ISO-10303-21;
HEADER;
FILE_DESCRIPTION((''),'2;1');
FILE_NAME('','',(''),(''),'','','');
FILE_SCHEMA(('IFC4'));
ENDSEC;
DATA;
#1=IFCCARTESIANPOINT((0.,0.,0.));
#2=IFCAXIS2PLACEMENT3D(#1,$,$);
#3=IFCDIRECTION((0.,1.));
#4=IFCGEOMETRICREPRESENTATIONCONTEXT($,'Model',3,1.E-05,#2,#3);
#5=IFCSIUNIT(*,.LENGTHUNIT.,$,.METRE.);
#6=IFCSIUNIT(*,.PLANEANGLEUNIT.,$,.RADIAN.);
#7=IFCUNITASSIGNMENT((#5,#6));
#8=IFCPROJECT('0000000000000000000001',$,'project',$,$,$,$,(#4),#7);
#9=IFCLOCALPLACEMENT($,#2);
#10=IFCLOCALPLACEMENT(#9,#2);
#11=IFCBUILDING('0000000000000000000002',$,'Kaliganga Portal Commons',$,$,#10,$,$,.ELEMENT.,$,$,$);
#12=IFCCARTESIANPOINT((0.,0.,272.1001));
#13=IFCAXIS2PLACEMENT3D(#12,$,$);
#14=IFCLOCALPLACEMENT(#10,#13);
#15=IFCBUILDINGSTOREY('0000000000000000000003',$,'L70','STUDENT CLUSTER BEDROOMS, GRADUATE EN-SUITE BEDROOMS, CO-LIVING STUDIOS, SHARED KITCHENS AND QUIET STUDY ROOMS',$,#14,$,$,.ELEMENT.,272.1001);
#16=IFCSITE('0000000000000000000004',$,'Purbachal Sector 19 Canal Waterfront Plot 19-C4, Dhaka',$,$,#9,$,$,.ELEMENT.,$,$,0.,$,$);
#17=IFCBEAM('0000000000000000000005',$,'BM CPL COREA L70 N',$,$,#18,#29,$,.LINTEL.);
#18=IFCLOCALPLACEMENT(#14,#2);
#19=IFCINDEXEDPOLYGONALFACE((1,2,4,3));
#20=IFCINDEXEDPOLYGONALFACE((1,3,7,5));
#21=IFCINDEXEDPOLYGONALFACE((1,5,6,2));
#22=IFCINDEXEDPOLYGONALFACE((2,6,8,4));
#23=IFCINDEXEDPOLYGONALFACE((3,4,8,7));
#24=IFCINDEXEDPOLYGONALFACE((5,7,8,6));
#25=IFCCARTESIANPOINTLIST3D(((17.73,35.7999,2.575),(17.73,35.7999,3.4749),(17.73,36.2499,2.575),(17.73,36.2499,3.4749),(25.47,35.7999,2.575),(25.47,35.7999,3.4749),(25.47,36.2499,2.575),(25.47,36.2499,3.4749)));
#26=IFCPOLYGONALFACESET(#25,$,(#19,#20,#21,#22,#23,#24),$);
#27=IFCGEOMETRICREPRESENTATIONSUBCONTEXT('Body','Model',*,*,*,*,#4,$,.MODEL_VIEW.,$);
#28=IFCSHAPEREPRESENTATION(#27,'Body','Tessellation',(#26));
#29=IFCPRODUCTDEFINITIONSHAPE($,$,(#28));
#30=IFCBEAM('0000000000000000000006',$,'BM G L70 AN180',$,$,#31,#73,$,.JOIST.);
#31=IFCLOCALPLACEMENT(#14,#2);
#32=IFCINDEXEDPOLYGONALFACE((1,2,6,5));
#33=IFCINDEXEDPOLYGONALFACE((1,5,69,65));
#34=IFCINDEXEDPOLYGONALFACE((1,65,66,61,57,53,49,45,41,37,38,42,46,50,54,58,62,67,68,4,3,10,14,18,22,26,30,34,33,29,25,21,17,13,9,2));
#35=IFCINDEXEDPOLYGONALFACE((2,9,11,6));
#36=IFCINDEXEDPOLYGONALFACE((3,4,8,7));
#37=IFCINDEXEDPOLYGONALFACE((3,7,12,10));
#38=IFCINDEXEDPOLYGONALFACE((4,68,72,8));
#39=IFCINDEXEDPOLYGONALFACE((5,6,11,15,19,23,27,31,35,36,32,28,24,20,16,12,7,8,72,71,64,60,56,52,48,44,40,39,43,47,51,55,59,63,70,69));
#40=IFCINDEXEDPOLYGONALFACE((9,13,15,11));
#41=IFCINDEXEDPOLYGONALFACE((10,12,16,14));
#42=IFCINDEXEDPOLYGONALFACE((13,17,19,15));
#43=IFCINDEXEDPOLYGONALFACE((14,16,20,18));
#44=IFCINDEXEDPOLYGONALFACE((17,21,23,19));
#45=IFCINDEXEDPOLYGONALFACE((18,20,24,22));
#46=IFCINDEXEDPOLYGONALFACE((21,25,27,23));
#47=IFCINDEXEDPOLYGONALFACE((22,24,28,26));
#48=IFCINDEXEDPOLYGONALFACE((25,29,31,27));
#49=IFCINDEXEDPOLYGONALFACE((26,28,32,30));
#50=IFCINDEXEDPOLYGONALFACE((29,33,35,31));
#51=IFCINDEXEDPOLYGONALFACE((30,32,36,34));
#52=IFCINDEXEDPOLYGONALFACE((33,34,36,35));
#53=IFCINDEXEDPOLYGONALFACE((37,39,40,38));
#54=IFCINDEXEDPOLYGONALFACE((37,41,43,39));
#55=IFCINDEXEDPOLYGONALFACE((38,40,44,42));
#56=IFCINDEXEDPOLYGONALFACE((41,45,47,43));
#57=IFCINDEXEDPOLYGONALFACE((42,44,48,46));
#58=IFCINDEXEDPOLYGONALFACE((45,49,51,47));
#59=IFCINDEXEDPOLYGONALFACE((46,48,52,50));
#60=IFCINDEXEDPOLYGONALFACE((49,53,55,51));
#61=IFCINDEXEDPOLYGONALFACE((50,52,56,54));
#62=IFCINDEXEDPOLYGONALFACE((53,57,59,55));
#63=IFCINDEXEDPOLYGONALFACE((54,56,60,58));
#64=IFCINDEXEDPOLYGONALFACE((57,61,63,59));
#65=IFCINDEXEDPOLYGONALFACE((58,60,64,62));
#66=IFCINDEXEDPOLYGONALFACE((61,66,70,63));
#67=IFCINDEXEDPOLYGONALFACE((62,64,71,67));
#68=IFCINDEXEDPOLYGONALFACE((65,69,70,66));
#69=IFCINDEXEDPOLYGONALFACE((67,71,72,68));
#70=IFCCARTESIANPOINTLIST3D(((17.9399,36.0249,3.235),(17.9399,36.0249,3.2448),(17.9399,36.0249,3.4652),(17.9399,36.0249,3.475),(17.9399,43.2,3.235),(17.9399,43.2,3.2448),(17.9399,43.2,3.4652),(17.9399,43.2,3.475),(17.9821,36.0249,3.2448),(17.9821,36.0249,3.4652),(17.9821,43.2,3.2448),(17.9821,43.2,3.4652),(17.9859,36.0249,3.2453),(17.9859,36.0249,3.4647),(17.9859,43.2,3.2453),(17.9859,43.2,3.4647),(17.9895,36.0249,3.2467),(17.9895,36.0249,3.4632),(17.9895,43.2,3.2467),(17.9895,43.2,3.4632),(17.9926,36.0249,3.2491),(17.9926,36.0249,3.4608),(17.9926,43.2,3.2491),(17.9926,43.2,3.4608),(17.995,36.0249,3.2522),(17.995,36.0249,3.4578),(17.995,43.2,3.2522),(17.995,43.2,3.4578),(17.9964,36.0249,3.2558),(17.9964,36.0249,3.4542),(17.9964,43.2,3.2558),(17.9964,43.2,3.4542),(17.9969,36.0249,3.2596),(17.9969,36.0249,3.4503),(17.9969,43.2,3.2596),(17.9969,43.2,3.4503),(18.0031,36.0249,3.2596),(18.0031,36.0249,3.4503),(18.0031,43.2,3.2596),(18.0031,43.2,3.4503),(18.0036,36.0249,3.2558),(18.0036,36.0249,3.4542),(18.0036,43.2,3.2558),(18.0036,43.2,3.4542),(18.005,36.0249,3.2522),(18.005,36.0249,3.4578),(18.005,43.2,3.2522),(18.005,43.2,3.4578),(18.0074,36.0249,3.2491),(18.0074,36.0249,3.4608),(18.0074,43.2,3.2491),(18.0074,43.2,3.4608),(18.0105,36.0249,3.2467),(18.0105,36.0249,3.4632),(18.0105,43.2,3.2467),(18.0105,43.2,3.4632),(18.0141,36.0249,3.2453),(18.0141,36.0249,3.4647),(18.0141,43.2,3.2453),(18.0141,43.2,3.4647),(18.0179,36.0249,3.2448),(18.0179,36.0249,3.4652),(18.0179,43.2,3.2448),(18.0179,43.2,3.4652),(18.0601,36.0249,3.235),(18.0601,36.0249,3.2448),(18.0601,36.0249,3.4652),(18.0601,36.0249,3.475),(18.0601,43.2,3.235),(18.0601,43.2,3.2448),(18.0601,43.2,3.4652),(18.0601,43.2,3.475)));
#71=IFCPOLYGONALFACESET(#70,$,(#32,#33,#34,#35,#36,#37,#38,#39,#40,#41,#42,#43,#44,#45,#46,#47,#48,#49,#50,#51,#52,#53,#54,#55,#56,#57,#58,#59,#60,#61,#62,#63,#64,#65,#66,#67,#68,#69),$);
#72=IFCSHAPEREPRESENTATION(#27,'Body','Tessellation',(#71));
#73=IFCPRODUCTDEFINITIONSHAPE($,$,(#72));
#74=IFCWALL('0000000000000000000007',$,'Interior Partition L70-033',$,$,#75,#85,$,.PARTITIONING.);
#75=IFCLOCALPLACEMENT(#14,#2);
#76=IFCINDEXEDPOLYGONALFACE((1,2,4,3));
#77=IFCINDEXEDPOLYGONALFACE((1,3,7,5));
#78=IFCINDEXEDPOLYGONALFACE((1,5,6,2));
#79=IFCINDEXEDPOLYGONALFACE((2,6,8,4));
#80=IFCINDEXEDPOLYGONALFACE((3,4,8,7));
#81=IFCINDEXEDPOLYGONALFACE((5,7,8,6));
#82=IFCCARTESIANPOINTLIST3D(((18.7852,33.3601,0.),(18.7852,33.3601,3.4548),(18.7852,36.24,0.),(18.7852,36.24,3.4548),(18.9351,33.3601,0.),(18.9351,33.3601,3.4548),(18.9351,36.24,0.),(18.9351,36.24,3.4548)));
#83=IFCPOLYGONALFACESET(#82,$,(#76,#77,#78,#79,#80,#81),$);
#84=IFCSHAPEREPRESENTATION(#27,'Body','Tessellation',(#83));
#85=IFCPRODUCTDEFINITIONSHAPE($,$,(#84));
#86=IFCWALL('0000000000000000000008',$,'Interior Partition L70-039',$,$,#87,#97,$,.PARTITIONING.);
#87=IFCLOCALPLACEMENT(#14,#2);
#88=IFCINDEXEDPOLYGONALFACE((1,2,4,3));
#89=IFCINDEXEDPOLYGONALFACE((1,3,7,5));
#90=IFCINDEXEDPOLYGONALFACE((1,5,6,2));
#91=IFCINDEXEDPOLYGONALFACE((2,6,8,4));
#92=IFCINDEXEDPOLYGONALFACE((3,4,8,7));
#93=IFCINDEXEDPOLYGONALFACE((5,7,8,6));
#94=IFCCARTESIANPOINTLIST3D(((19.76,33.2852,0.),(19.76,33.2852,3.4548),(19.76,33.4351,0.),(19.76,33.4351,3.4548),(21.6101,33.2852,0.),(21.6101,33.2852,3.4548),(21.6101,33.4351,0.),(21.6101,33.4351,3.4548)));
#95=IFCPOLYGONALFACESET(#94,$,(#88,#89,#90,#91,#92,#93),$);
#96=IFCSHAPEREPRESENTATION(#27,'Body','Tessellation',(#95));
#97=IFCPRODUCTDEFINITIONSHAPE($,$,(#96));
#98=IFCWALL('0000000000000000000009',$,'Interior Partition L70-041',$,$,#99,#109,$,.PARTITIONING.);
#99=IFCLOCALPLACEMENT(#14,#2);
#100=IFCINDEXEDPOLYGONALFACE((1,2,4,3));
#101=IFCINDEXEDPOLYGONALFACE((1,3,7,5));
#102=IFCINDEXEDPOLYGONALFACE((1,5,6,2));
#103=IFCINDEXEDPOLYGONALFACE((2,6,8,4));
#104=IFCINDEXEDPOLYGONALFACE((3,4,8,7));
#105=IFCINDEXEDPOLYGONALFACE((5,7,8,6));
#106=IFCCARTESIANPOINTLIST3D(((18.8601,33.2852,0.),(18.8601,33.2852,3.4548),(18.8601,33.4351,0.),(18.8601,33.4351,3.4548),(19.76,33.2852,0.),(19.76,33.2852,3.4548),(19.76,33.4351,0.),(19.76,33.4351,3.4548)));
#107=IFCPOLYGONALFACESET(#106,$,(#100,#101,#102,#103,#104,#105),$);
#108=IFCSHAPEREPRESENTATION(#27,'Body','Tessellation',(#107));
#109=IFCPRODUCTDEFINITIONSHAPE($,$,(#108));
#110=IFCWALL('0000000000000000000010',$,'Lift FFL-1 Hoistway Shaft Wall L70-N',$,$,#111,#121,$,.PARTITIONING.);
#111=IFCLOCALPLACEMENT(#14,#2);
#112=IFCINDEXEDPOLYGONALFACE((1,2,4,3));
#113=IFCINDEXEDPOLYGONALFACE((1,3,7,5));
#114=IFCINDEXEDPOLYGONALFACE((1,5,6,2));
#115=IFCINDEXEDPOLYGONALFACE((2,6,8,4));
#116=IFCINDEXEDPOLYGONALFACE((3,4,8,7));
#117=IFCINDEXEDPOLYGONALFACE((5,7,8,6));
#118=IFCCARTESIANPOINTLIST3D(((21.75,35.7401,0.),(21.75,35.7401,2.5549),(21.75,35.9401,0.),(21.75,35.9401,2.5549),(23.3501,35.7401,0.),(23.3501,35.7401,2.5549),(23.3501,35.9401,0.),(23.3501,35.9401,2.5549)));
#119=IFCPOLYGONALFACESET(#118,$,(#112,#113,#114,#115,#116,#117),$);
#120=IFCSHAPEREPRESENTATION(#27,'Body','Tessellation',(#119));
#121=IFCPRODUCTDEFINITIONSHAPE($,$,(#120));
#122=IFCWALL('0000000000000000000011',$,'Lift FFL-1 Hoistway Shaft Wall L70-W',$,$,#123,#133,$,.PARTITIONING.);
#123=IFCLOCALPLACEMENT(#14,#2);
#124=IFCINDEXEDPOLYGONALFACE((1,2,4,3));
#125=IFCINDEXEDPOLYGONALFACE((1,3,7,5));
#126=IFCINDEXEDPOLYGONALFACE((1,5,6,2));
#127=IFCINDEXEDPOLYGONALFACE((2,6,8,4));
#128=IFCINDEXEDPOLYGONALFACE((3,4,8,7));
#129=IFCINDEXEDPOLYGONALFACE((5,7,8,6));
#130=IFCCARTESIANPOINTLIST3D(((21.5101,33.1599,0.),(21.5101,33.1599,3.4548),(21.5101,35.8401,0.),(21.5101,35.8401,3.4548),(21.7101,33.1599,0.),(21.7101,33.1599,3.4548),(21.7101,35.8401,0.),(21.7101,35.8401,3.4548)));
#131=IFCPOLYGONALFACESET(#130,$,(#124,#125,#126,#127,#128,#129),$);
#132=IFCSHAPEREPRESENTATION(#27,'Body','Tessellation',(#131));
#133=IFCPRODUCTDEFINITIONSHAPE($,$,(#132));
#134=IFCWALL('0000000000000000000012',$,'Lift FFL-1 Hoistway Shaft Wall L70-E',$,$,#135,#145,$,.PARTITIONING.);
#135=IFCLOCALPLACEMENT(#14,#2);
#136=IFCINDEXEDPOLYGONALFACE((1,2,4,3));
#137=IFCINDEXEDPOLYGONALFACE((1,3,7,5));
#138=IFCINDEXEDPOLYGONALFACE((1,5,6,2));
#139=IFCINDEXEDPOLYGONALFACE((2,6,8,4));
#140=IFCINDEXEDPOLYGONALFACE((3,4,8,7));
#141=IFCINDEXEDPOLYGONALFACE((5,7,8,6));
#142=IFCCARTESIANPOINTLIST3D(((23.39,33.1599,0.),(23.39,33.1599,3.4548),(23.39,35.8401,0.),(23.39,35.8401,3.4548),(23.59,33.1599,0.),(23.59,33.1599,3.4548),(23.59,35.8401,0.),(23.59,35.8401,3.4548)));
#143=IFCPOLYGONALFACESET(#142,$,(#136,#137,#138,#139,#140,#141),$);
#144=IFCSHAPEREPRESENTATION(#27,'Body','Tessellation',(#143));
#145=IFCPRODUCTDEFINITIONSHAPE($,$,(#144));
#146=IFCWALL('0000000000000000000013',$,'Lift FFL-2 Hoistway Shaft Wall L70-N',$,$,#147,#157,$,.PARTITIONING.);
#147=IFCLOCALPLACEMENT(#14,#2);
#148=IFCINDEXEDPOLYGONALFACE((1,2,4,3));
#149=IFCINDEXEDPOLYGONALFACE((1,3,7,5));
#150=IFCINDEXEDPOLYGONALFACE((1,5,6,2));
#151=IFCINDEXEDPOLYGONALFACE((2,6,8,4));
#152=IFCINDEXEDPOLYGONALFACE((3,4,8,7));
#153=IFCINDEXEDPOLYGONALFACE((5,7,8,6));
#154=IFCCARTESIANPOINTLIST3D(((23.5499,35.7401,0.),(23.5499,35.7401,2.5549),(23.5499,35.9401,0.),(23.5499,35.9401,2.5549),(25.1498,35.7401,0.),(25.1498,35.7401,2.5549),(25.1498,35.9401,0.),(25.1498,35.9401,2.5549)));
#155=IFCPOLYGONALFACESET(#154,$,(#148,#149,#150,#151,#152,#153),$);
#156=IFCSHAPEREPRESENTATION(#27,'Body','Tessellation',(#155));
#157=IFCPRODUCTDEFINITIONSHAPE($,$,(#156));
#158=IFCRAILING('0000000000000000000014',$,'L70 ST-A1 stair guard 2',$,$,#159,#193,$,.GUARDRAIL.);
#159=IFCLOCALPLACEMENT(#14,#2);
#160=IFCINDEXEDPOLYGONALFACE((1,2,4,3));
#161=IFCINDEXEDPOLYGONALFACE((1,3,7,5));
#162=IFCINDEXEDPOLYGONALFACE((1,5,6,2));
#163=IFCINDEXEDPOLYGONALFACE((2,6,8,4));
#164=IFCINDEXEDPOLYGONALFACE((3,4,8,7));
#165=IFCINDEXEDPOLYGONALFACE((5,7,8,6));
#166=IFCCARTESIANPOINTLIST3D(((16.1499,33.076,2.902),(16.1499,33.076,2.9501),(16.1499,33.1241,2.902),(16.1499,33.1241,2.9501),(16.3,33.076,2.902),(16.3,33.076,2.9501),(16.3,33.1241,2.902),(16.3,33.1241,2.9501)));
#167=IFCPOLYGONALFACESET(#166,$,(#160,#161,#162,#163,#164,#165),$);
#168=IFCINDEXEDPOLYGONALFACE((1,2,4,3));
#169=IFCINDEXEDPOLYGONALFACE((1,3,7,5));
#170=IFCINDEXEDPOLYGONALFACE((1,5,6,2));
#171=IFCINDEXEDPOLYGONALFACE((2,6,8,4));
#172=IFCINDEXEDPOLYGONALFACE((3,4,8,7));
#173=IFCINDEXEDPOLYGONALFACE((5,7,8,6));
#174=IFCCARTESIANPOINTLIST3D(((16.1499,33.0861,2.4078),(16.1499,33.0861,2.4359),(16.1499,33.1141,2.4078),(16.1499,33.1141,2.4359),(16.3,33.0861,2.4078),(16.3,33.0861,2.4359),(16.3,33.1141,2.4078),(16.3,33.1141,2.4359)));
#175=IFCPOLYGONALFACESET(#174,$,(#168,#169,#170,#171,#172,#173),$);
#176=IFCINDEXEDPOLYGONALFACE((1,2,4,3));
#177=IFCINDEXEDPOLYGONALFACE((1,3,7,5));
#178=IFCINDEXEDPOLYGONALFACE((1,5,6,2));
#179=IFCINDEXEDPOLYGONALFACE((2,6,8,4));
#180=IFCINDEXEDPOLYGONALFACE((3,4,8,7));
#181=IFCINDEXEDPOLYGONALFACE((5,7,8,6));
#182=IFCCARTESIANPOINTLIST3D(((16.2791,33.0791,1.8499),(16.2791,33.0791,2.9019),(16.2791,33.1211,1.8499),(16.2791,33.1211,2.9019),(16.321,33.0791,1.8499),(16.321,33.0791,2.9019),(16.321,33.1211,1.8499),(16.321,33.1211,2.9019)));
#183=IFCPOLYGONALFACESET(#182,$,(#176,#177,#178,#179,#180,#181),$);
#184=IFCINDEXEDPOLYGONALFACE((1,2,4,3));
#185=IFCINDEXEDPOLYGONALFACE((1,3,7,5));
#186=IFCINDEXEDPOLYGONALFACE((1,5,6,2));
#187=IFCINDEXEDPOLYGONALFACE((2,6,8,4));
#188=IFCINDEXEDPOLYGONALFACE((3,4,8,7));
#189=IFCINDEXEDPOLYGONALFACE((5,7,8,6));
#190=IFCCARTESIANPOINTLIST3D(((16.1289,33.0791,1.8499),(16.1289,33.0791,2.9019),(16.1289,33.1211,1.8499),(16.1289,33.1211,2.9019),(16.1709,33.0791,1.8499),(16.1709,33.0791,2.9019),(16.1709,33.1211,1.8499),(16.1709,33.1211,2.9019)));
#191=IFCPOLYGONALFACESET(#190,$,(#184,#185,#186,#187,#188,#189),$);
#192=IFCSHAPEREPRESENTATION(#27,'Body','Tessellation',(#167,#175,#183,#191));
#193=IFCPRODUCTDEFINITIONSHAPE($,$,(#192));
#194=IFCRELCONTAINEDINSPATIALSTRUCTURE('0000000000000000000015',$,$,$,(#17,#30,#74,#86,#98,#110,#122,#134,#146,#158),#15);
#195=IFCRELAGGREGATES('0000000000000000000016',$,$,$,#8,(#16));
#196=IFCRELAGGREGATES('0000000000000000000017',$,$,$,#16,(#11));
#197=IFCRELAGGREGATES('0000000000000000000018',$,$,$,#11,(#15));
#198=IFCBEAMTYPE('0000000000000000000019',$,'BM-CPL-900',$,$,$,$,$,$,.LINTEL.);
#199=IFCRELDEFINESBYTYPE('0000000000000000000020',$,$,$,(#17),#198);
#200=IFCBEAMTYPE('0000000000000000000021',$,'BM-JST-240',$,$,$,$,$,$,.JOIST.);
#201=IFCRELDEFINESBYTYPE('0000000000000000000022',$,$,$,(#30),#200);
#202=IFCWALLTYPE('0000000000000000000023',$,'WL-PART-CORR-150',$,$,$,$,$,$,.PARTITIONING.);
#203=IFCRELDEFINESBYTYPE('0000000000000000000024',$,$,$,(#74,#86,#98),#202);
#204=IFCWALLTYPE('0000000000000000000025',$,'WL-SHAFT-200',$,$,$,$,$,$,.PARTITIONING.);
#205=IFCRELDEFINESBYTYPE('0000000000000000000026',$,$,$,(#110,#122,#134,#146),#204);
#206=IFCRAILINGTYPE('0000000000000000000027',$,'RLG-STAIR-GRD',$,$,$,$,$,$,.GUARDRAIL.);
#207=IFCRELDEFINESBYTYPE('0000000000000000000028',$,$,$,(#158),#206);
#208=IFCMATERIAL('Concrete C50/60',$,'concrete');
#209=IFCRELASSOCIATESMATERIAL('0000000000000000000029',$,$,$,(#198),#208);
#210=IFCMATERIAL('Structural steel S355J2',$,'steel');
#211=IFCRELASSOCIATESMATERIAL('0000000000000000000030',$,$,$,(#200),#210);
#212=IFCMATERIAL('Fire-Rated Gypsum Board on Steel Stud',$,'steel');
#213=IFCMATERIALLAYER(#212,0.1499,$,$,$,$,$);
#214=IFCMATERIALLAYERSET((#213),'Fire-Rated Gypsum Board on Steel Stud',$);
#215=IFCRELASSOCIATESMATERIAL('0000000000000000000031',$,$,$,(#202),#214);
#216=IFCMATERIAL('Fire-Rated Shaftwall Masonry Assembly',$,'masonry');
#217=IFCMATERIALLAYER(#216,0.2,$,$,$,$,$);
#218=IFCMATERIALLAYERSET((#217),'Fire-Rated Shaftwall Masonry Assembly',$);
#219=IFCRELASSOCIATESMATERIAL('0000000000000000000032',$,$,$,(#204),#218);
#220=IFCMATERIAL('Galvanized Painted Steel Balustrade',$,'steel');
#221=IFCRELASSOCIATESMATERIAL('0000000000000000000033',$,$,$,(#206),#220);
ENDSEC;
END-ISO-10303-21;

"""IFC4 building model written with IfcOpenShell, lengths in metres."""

from ifc_helpers import new_model, si_unit, direction, frame, frame_2d, origin, origin_2d, place, context, subcontext, project, spatial, rectangle, i_section, extrude, source, transform, mapped, material, layer, layer_set, material_profile, profile_set, type_object, element, save


model = new_model("IFC4")

# Units and contexts
model_context = context("Model", 3, precision=1e-05, world=origin(), true_north=direction((0.0, 1.0)))
body_context = subcontext(model_context, "Body", "Model", "MODEL_VIEW")
ifc_project = project(units=[si_unit("LENGTHUNIT", "METRE"), si_unit("PLANEANGLEUNIT", "RADIAN")], contexts=[model_context])

# Site, building, storey
site_placement = place(None, origin())
site = spatial("IfcSite", under=ifc_project, at=site_placement, Name="Purbachal Sector 19 Canal Waterfront Plot 19-C4, Dhaka", CompositionType="ELEMENT", RefElevation=0.0)
building_placement = place(site_placement, origin())
building = spatial("IfcBuilding", under=site, at=building_placement, Name="Kaliganga Portal Commons", CompositionType="ELEMENT")
storey_placement = place(building_placement, frame((0.0, 0.0, 272.1001)))
storey = spatial("IfcBuildingStorey", under=building, at=storey_placement, Name="L70", Description="STUDENT CLUSTER BEDROOMS, GRADUATE EN-SUITE BEDROOMS, CO-LIVING STUDIOS, SHARED KITCHENS AND QUIET STUDY ROOMS", CompositionType="ELEMENT", Elevation=272.1001)

# Beams
ifc_material_1 = material(Name="Concrete C50/60", Category="concrete")
ifc_material_profile_1 = material_profile(ifc_material_1, rectangle(XDim=0.45, YDim=0.8999, at=origin_2d()), Name="RC 450x900")
ifc_profile_set_1 = profile_set([ifc_material_profile_1], Name="Concrete C50/60")
beam_type_1 = type_object("IfcBeamType", Name="BM-CPL-900", PredefinedType="LINTEL", material=ifc_profile_set_1)
shared_shape_1 = source(origin(), body_context, "Body", "SweptSolid", [
    extrude(rectangle(XDim=0.45, YDim=0.8999, at=origin_2d()), origin(), (0.0, 0.0, 1.0), 7.74),
])
beam_1_placement = place(storey_placement, frame((17.73, 36.0249, 3.0249), z_axis=(1.0, 0.0, 0.0), x_axis=(0.0, 1.0, 0.0)))
element("IfcBeam", 1, at=beam_1_placement, inside=storey, type_object=beam_type_1, Name="BM CPL COREA L70 N", PredefinedType="LINTEL", context=body_context, shape_type="MappedRepresentation", body=[
    mapped(shared_shape_1, transform((0.0, 0.0, 0.0), x_axis=(1.0, 0.0, 0.0), y_axis=(0.0, 1.0, 0.0), z_axis=(0.0, 0.0, 1.0), scale=1.0)),
])
ifc_material_2 = material(Name="Structural steel S355J2", Category="steel")
ifc_material_profile_2 = material_profile(ifc_material_2, i_section(OverallWidth=0.1201, OverallDepth=0.24, WebThickness=0.0061, FlangeThickness=0.0098, FilletRadius=0.0149, at=origin_2d()), Name="IPE 240")
ifc_profile_set_2 = profile_set([ifc_material_profile_2], Name="Structural steel S355J2 wide-flange")
beam_type_2 = type_object("IfcBeamType", Name="BM-JST-240", PredefinedType="JOIST", material=ifc_profile_set_2)
shared_shape_2 = source(origin(), body_context, "Body", "SweptSolid", [
    extrude(i_section(OverallWidth=0.1201, OverallDepth=0.24, WebThickness=0.0061, FlangeThickness=0.0098, FilletRadius=0.0149, at=origin_2d()), origin(), (0.0, 0.0, 1.0), 7.175),
])
beam_2_placement = place(storey_placement, frame((18.0, 36.0249, 3.355), z_axis=(0.0, 1.0, 0.0), x_axis=(-1.0, 0.0, 0.0)))
element("IfcBeam", 2, at=beam_2_placement, inside=storey, type_object=beam_type_2, Name="BM G L70 AN180", PredefinedType="JOIST", context=body_context, shape_type="MappedRepresentation", body=[
    mapped(shared_shape_2, transform((0.0, 0.0, 0.0), x_axis=(1.0, 0.0, 0.0), y_axis=(0.0, 1.0, 0.0), z_axis=(0.0, 0.0, 1.0), scale=1.0)),
])

# Walls
ifc_material_3 = material(Name="Fire-Rated Gypsum Board on Steel Stud", Category="steel")
ifc_layer_1 = layer(ifc_material_3, 0.1499)
ifc_layer_set_1 = layer_set([ifc_layer_1], Name="Fire-Rated Gypsum Board on Steel Stud")
wall_type_1 = type_object("IfcWallType", Name="WL-PART-CORR-150", PredefinedType="PARTITIONING", material=ifc_layer_set_1)
wall_1_placement = place(storey_placement, frame((18.8601, 33.3601, 0.0), z_axis=(0.0, 0.0, 1.0), x_axis=(0.0, 1.0, 0.0)))
element("IfcWall", 3, at=wall_1_placement, inside=storey, type_object=wall_type_1, Name="Interior Partition L70-033", PredefinedType="PARTITIONING", context=body_context, shape_type="SweptSolid", body=[
    extrude(rectangle(XDim=2.8799, YDim=0.1499, at=frame_2d((1.4399, 0.0))), origin(), (0.0, 0.0, 1.0), 3.4548),
])
wall_2_placement = place(storey_placement, frame((19.76, 33.3601, 0.0), z_axis=(0.0, 0.0, 1.0), x_axis=(1.0, 0.0, 0.0)))
element("IfcWall", 4, at=wall_2_placement, inside=storey, type_object=wall_type_1, Name="Interior Partition L70-039", PredefinedType="PARTITIONING", context=body_context, shape_type="SweptSolid", body=[
    extrude(rectangle(XDim=1.8501, YDim=0.1499, at=frame_2d((0.925, 0.0))), origin(), (0.0, 0.0, 1.0), 3.4548),
])
wall_3_placement = place(storey_placement, frame((18.8601, 33.3601, 0.0), z_axis=(0.0, 0.0, 1.0), x_axis=(1.0, 0.0, 0.0)))
element("IfcWall", 5, at=wall_3_placement, inside=storey, type_object=wall_type_1, Name="Interior Partition L70-041", PredefinedType="PARTITIONING", context=body_context, shape_type="SweptSolid", body=[
    extrude(rectangle(XDim=0.8999, YDim=0.1499, at=frame_2d((0.45, 0.0))), origin(), (0.0, 0.0, 1.0), 3.4548),
])

# Shared definitions
ifc_material_4 = material(Name="Fire-Rated Shaftwall Masonry Assembly", Category="masonry")
ifc_layer_2 = layer(ifc_material_4, 0.2)
ifc_layer_set_2 = layer_set([ifc_layer_2], Name="Fire-Rated Shaftwall Masonry Assembly")
wall_type_2 = type_object("IfcWallType", Name="WL-SHAFT-200", PredefinedType="PARTITIONING", material=ifc_layer_set_2)

# Walls
wall_4_placement = place(storey_placement, frame((21.75, 35.8401, 0.0), z_axis=(0.0, 0.0, 1.0), x_axis=(1.0, 0.0, 0.0)))
element("IfcWall", 6, at=wall_4_placement, inside=storey, type_object=wall_type_2, Name="Lift FFL-1 Hoistway Shaft Wall L70-N", PredefinedType="PARTITIONING", context=body_context, shape_type="SweptSolid", body=[
    extrude(rectangle(XDim=1.6001, YDim=0.2, at=frame_2d((0.8, 0.0))), origin(), (0.0, 0.0, 1.0), 2.5549),
])
for number, where, z_axis, x_axis, name in (
    (7, (21.6101, 33.1599, 0.0), (0.0, 0.0, 1.0), (0.0, 1.0, 0.0), "Lift FFL-1 Hoistway Shaft Wall L70-W"),
    (8, (23.49, 33.1599, 0.0), (0.0, 0.0, 1.0), (0.0, 1.0, 0.0), "Lift FFL-1 Hoistway Shaft Wall L70-E"),
):
    element("IfcWall", number, at=place(storey_placement, frame(where, z_axis=z_axis, x_axis=x_axis)), inside=storey, type_object=wall_type_2, Name=name, PredefinedType="PARTITIONING", context=body_context, shape_type="SweptSolid", body=[
        extrude(rectangle(XDim=2.6802, YDim=0.2, at=frame_2d((1.3401, 0.0))), origin(), (0.0, 0.0, 1.0), 3.4548),
    ])

# Wall
wall_5_placement = place(storey_placement, frame((23.55, 35.8401, 0.0), z_axis=(0.0, 0.0, 1.0), x_axis=(1.0, 0.0, 0.0)))
element("IfcWall", 9, at=wall_5_placement, inside=storey, type_object=wall_type_2, Name="Lift FFL-2 Hoistway Shaft Wall L70-N", PredefinedType="PARTITIONING", context=body_context, shape_type="SweptSolid", body=[
    extrude(rectangle(XDim=1.5999, YDim=0.2, at=frame_2d((0.7998, 0.0))), origin(), (0.0, 0.0, 1.0), 2.5549),
])

# Railing
ifc_material_5 = material(Name="Galvanized Painted Steel Balustrade", Category="steel")
railing_type = type_object("IfcRailingType", Name="RLG-STAIR-GRD", PredefinedType="GUARDRAIL", material=ifc_material_5)
railing_1_placement = place(storey_placement, frame((16.3, 33.1001, 1.8499)))
element("IfcRailing", 10, at=railing_1_placement, inside=storey, type_object=railing_type, Name="L70 ST-A1 stair guard 2", PredefinedType="GUARDRAIL", context=body_context, shape_type="SweptSolid", body=[
    extrude(rectangle(XDim=0.0481, YDim=0.0481, at=origin_2d()), frame((0.0, 0.0, 1.0762), z_axis=(-1.0, 0.0, 0.0), x_axis=(0.0, -1.0, 0.0)), (0.0, 0.0, 1.0), 0.1501),
    extrude(rectangle(XDim=0.0281, YDim=0.0281, at=origin_2d()), frame((0.0, 0.0, 0.572), z_axis=(-1.0, 0.0, 0.0), x_axis=(0.0, -1.0, 0.0)), (0.0, 0.0, 1.0), 0.1501),
    extrude(rectangle(XDim=0.042, YDim=0.042, at=origin_2d()), origin(), (0.0, 0.0, 1.0), 1.052),
    extrude(rectangle(XDim=0.042, YDim=0.042, at=origin_2d()), frame((-0.1501, 0.0, 0.0)), (0.0, 0.0, 1.0), 1.052),
])

save(model, "model.ifc")
